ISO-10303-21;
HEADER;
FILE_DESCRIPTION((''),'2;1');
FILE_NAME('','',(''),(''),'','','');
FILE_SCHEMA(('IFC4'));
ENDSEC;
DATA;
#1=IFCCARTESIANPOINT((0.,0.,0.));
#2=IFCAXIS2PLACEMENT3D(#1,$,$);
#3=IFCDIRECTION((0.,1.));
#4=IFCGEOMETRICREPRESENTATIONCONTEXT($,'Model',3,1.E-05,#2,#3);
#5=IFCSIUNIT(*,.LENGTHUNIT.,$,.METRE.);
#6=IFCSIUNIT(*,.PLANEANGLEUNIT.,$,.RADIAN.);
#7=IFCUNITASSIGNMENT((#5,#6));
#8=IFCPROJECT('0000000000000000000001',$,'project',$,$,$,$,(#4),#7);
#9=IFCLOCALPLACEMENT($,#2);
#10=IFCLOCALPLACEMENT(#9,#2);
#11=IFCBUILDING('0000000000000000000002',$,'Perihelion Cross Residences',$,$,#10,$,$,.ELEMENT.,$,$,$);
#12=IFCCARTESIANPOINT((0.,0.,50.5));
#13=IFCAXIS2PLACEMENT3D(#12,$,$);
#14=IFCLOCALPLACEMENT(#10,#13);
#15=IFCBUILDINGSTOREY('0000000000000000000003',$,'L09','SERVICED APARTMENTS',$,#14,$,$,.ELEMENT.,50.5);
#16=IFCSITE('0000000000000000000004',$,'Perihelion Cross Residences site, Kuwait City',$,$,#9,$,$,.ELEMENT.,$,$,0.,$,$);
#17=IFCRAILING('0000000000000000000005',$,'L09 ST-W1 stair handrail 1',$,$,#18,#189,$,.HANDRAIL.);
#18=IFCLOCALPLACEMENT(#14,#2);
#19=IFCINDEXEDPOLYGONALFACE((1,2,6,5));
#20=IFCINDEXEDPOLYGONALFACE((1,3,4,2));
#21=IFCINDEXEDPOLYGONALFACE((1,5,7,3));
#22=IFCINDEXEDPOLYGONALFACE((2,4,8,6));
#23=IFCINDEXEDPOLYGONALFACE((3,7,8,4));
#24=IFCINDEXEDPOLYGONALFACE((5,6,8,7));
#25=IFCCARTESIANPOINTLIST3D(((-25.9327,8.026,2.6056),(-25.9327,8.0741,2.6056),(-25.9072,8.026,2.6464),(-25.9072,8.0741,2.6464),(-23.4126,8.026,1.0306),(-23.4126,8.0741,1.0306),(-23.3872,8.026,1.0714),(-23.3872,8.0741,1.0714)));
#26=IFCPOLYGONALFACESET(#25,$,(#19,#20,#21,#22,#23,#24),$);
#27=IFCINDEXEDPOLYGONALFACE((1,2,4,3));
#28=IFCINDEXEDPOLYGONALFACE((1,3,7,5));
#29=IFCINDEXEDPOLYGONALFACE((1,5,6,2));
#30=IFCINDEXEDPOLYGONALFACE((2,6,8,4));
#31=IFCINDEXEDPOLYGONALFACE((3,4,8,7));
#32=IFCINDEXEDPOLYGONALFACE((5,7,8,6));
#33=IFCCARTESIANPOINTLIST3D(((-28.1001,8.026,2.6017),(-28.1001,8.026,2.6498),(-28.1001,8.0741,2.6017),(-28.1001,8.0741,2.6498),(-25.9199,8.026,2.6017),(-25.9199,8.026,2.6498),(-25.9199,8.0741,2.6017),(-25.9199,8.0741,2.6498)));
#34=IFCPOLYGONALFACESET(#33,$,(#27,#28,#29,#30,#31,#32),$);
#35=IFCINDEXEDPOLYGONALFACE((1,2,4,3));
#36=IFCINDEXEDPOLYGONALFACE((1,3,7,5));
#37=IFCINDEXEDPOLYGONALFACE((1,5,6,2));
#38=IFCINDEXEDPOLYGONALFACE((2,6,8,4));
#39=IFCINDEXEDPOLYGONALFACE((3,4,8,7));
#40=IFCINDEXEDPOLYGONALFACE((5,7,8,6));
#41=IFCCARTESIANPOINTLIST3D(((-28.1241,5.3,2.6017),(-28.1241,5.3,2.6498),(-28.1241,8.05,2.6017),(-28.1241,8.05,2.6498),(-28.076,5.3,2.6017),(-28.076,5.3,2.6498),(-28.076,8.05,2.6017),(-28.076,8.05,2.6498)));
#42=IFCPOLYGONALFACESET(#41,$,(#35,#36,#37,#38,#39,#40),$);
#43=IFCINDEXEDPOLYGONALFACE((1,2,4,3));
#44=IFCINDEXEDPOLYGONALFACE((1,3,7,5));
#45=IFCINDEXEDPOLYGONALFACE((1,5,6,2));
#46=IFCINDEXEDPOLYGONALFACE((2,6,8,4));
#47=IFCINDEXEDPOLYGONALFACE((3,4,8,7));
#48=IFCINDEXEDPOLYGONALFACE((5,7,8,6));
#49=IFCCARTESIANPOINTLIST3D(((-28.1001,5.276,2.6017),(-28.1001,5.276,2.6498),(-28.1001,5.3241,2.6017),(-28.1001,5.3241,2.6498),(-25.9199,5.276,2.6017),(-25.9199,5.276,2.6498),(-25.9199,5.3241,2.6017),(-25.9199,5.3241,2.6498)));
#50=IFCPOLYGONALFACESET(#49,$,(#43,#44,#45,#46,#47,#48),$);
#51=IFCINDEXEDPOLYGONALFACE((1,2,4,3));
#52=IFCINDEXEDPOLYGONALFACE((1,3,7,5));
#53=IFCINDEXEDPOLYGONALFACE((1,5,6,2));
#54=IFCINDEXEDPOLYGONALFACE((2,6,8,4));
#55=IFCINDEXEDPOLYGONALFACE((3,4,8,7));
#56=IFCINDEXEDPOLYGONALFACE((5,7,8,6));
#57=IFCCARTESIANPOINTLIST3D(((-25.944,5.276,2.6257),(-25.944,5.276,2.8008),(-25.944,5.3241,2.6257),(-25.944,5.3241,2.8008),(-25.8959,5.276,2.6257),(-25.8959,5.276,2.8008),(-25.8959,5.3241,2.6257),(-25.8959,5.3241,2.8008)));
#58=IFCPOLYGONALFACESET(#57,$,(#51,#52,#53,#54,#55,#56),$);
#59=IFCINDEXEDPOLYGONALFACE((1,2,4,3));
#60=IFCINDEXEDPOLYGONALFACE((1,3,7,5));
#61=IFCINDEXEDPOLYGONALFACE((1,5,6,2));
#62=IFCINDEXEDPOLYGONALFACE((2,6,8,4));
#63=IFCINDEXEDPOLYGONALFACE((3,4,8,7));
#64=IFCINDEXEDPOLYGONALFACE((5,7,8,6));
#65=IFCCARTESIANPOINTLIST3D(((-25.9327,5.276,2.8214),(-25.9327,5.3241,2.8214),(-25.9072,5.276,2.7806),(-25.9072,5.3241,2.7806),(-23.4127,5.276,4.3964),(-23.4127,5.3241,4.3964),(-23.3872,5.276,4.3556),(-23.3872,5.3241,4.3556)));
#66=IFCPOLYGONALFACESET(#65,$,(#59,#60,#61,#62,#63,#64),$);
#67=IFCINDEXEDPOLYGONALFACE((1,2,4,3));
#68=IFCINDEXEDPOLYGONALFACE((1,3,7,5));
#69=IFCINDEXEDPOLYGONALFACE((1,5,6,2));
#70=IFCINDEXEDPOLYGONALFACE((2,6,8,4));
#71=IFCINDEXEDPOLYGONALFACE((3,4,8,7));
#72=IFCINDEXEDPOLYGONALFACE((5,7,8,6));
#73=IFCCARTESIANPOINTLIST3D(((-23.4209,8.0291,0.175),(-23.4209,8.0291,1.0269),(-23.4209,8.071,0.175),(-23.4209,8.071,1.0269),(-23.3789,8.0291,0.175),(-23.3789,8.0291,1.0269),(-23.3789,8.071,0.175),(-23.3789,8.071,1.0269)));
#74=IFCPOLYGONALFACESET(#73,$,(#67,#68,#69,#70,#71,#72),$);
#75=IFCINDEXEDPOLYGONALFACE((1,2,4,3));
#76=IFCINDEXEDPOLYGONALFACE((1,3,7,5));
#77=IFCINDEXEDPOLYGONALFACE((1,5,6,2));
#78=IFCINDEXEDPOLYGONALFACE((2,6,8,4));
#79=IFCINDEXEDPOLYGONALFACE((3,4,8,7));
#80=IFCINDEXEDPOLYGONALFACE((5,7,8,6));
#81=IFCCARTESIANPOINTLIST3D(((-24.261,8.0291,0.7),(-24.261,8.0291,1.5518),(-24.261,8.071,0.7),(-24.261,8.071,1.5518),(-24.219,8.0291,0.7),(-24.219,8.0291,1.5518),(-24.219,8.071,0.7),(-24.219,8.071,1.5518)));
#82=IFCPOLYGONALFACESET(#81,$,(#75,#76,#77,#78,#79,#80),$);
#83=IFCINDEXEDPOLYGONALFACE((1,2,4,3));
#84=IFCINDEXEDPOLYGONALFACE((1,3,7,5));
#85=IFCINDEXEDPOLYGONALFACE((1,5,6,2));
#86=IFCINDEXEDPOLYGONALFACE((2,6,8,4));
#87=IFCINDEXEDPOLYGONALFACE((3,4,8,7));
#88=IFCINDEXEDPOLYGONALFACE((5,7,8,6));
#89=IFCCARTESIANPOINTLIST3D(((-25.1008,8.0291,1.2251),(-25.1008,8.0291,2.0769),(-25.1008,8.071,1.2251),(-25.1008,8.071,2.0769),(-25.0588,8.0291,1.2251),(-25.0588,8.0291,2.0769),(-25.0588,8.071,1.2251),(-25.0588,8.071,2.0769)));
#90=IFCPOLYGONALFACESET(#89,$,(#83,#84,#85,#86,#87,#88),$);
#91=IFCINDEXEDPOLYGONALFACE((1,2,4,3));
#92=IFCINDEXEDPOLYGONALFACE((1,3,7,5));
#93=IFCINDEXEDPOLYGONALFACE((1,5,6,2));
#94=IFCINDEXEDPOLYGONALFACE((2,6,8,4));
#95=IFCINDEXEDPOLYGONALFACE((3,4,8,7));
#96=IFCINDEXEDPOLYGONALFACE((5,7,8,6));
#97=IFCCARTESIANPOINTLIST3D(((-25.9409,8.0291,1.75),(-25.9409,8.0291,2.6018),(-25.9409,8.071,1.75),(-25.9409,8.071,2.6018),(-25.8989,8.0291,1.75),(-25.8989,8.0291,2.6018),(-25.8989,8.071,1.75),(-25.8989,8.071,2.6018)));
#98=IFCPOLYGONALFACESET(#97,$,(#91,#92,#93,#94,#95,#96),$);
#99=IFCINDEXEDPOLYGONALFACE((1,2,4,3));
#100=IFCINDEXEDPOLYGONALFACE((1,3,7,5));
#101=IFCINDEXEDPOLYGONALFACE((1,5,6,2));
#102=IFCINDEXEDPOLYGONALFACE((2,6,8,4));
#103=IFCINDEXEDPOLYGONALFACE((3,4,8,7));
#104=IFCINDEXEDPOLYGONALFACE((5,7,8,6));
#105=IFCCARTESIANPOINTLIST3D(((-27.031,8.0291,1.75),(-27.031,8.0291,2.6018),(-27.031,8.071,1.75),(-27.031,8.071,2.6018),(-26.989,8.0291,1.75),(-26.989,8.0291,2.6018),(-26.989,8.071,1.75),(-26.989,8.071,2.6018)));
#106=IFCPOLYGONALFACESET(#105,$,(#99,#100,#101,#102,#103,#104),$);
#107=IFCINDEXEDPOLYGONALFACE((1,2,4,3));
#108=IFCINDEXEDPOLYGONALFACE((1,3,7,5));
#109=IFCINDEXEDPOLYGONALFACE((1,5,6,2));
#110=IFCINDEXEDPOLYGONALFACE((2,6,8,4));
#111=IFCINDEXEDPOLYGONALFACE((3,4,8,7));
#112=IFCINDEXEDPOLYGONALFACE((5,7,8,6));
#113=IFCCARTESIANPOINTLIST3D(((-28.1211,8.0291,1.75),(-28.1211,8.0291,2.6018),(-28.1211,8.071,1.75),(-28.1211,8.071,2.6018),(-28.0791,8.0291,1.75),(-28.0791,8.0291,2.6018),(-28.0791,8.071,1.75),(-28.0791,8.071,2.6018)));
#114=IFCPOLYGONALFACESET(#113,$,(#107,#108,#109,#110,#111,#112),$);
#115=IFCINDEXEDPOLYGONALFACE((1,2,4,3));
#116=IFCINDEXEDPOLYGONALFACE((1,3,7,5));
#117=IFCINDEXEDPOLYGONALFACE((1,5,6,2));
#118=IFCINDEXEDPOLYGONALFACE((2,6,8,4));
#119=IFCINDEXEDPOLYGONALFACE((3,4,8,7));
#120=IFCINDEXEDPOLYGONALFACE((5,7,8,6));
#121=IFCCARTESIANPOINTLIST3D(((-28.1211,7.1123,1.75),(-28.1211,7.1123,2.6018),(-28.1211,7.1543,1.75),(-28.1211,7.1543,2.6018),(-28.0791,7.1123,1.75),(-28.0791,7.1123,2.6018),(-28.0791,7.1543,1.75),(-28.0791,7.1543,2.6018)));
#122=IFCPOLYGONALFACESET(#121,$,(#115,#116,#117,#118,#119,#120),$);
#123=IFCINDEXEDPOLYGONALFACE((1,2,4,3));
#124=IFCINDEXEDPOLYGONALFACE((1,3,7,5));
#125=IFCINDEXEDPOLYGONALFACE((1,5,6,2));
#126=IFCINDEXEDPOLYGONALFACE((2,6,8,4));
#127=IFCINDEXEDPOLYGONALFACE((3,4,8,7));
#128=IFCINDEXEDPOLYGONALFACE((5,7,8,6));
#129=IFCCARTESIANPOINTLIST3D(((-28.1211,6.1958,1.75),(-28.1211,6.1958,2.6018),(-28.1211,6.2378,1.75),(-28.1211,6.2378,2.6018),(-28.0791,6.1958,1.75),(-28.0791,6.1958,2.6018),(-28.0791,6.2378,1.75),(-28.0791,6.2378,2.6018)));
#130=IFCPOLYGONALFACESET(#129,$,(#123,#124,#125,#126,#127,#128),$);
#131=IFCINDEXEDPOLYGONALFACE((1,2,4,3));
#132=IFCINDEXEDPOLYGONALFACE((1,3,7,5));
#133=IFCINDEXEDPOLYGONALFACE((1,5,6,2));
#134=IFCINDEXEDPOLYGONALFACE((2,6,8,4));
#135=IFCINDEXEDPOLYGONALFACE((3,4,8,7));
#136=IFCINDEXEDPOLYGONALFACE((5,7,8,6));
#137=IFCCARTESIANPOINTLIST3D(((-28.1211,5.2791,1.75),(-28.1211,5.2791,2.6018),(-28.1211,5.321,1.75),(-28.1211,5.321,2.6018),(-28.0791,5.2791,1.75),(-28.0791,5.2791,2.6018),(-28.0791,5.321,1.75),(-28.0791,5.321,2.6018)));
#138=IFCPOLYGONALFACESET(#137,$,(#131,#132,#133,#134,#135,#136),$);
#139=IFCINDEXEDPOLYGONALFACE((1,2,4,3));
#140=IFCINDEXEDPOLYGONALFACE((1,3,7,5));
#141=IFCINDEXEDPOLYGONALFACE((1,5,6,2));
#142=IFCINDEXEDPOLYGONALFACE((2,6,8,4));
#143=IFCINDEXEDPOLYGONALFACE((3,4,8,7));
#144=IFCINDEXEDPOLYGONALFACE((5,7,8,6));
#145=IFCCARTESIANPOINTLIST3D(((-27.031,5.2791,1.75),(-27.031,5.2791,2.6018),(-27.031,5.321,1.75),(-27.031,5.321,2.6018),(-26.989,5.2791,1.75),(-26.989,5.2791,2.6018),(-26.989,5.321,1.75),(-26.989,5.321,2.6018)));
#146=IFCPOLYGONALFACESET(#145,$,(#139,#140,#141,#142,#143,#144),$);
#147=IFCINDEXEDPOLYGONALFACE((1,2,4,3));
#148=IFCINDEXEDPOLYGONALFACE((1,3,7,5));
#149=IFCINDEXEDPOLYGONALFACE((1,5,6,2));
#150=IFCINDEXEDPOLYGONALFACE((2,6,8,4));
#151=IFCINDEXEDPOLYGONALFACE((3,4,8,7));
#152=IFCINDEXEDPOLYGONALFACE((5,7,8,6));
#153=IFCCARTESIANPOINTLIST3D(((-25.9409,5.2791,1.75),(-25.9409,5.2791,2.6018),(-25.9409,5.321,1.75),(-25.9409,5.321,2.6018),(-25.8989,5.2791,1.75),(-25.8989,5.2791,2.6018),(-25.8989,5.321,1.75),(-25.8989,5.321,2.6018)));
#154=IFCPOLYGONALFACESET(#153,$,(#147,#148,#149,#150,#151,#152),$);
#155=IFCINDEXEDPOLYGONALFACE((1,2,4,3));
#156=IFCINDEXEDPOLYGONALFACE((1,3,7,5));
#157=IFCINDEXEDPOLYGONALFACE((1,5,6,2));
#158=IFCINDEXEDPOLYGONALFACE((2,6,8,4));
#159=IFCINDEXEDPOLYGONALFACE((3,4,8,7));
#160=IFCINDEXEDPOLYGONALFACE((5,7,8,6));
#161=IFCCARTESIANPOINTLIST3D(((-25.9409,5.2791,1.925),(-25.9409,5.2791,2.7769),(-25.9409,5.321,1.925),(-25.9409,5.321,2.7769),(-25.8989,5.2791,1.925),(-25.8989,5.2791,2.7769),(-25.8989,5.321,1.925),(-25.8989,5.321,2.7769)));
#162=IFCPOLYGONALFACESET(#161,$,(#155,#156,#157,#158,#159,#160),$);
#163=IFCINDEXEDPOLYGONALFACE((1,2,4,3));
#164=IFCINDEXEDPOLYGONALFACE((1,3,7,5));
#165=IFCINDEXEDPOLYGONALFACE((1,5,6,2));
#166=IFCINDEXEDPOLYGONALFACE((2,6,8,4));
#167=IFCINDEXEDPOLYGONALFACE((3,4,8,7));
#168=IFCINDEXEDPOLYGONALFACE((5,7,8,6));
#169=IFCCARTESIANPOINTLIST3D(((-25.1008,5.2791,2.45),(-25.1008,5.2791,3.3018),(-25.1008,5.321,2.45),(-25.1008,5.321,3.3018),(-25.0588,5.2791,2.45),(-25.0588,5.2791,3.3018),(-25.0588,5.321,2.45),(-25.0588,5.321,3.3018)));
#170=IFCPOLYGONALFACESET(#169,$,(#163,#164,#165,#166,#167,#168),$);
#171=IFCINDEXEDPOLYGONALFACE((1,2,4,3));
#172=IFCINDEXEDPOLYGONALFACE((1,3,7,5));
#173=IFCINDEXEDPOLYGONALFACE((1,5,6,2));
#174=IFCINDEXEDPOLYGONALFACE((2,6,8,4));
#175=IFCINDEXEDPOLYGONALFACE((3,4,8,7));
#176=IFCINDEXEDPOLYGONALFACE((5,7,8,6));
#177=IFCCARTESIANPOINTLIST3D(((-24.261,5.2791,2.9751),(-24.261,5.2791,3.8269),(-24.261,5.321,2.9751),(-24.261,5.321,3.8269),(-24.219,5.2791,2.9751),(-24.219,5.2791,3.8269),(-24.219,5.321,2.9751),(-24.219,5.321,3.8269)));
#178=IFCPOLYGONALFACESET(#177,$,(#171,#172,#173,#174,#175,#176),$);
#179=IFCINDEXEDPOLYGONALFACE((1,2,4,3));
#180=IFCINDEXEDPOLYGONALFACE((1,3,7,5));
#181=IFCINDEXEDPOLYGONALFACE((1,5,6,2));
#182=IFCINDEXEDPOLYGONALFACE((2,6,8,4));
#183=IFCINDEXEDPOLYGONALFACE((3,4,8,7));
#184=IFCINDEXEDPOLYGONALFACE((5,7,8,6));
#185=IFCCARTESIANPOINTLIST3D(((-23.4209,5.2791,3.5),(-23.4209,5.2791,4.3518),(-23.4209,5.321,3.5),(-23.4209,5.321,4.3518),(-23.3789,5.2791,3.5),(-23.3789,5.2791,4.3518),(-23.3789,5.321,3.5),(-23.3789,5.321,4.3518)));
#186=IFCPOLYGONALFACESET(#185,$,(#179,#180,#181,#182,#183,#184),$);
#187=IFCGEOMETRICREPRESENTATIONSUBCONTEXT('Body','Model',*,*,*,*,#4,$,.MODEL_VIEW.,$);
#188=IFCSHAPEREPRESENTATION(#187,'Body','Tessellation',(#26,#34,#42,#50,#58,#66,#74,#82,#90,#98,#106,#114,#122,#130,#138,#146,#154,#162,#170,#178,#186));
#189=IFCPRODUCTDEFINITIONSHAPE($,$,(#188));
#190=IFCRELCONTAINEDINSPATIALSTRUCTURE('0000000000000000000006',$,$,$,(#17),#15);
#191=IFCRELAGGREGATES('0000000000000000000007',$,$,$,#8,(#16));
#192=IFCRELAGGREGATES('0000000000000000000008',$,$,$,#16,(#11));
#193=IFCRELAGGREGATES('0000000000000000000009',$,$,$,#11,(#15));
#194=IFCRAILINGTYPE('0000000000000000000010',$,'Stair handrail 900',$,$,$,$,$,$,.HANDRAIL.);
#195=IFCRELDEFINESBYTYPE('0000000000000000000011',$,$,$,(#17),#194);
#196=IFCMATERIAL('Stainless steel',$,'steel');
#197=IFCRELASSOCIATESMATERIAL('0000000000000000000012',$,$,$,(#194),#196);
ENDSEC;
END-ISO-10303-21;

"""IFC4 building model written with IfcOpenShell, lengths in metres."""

from ifc_helpers import new_model, si_unit, direction, frame, origin, origin_2d, place, context, subcontext, project, spatial, rectangle, extrude, material, type_object, element, save


model = new_model("IFC4")

# Units and contexts
model_context = context("Model", 3, precision=1e-05, world=origin(), true_north=direction((0.0, 1.0)))
body_context = subcontext(model_context, "Body", "Model", "MODEL_VIEW")
ifc_project = project(units=[si_unit("LENGTHUNIT", "METRE"), si_unit("PLANEANGLEUNIT", "RADIAN")], contexts=[model_context])

# Site, building, storey
site_placement = place(None, origin())
site = spatial("IfcSite", under=ifc_project, at=site_placement, Name="Perihelion Cross Residences site, Kuwait City", CompositionType="ELEMENT", RefElevation=0.0)
building_placement = place(site_placement, origin())
building = spatial("IfcBuilding", under=site, at=building_placement, Name="Perihelion Cross Residences", CompositionType="ELEMENT")
storey_placement = place(building_placement, frame((0.0, 0.0, 50.5)))
storey = spatial("IfcBuildingStorey", under=building, at=storey_placement, Name="L09", Description="SERVICED APARTMENTS", CompositionType="ELEMENT", Elevation=50.5)

# Railing
ifc_material_1 = material(Name="Stainless steel", Category="steel")
railing_type_1 = type_object("IfcRailingType", Name="Stair handrail 900", PredefinedType="HANDRAIL", material=ifc_material_1)
railing_1_placement = place(storey_placement, frame((-23.3999, 8.05, 0.175)))
element("IfcRailing", 1, at=railing_1_placement, inside=storey, type_object=railing_type_1, Name="L09 ST-W1 stair handrail 1", PredefinedType="HANDRAIL", context=body_context, shape_type="SweptSolid", body=[
    extrude(rectangle(XDim=0.0481, YDim=0.0481, at=origin_2d()), frame((0.0, 0.0, 0.876), z_axis=(-0.848008, 0.0, 0.529984), x_axis=(0.0, -1.0, 0.0)), (0.0, 0.0, 1.0), 2.9717),
    extrude(rectangle(XDim=0.0481, YDim=0.0481, at=origin_2d()), frame((-2.52, 0.0, 2.4507), z_axis=(-1.0, 0.0, 0.0), x_axis=(0.0, -1.0, 0.0)), (0.0, 0.0, 1.0), 2.1802),
    extrude(rectangle(XDim=0.0481, YDim=0.0481, at=origin_2d()), frame((-4.7002, 0.0, 2.4507), z_axis=(0.0, -1.0, 0.0), x_axis=(1.0, 0.0, 0.0)), (0.0, 0.0, 1.0), 2.75),
    extrude(rectangle(XDim=0.0481, YDim=0.0481, at=origin_2d()), frame((-4.7002, -2.75, 2.4507), z_axis=(1.0, 0.0, 0.0), x_axis=(0.0, 1.0, 0.0)), (0.0, 0.0, 1.0), 2.1802),
    extrude(rectangle(XDim=0.0481, YDim=0.0481, at=origin_2d()), frame((-2.52, -2.75, 2.4507), z_axis=(0.0, 0.0, 1.0), x_axis=(1.0, 0.0, 0.0)), (0.0, 0.0, 1.0), 0.175),
    extrude(rectangle(XDim=0.0481, YDim=0.0481, at=origin_2d()), frame((-2.52, -2.75, 2.626), z_axis=(0.848008, 0.0, 0.529984), x_axis=(0.0, 1.0, 0.0)), (0.0, 0.0, 1.0), 2.9717),
    extrude(rectangle(XDim=0.042, YDim=0.042, at=origin_2d()), origin(), (0.0, 0.0, 1.0), 0.8518),
    extrude(rectangle(XDim=0.042, YDim=0.042, at=origin_2d()), frame((-0.8401, 0.0, 0.5249)), (0.0, 0.0, 1.0), 0.8518),
    extrude(rectangle(XDim=0.042, YDim=0.042, at=origin_2d()), frame((-1.6799, 0.0, 1.05)), (0.0, 0.0, 1.0), 0.8518),
    extrude(rectangle(XDim=0.042, YDim=0.042, at=origin_2d()), frame((-2.52, 0.0, 1.575)), (0.0, 0.0, 1.0), 0.8518),
    extrude(rectangle(XDim=0.042, YDim=0.042, at=origin_2d()), frame((-3.6101, 0.0, 1.575)), (0.0, 0.0, 1.0), 0.8518),
    extrude(rectangle(XDim=0.042, YDim=0.042, at=origin_2d()), frame((-4.7002, 0.0, 1.575)), (0.0, 0.0, 1.0), 0.8518),
    extrude(rectangle(XDim=0.042, YDim=0.042, at=origin_2d()), frame((-4.7002, -0.9167, 1.575)), (0.0, 0.0, 1.0), 0.8518),
    extrude(rectangle(XDim=0.042, YDim=0.042, at=origin_2d()), frame((-4.7002, -1.8333, 1.575)), (0.0, 0.0, 1.0), 0.8518),
    extrude(rectangle(XDim=0.042, YDim=0.042, at=origin_2d()), frame((-4.7002, -2.75, 1.575)), (0.0, 0.0, 1.0), 0.8518),
    extrude(rectangle(XDim=0.042, YDim=0.042, at=origin_2d()), frame((-3.6101, -2.75, 1.575)), (0.0, 0.0, 1.0), 0.8518),
    extrude(rectangle(XDim=0.042, YDim=0.042, at=origin_2d()), frame((-2.52, -2.75, 1.575)), (0.0, 0.0, 1.0), 0.8518),
    extrude(rectangle(XDim=0.042, YDim=0.042, at=origin_2d()), frame((-2.52, -2.75, 1.75)), (0.0, 0.0, 1.0), 0.8518),
    extrude(rectangle(XDim=0.042, YDim=0.042, at=origin_2d()), frame((-1.6799, -2.75, 2.2749)), (0.0, 0.0, 1.0), 0.8518),
    extrude(rectangle(XDim=0.042, YDim=0.042, at=origin_2d()), frame((-0.8401, -2.75, 2.8)), (0.0, 0.0, 1.0), 0.8518),
    extrude(rectangle(XDim=0.042, YDim=0.042, at=origin_2d()), frame((0.0, -2.75, 3.325)), (0.0, 0.0, 1.0), 0.8518),
])

save(model, "model.ifc")
